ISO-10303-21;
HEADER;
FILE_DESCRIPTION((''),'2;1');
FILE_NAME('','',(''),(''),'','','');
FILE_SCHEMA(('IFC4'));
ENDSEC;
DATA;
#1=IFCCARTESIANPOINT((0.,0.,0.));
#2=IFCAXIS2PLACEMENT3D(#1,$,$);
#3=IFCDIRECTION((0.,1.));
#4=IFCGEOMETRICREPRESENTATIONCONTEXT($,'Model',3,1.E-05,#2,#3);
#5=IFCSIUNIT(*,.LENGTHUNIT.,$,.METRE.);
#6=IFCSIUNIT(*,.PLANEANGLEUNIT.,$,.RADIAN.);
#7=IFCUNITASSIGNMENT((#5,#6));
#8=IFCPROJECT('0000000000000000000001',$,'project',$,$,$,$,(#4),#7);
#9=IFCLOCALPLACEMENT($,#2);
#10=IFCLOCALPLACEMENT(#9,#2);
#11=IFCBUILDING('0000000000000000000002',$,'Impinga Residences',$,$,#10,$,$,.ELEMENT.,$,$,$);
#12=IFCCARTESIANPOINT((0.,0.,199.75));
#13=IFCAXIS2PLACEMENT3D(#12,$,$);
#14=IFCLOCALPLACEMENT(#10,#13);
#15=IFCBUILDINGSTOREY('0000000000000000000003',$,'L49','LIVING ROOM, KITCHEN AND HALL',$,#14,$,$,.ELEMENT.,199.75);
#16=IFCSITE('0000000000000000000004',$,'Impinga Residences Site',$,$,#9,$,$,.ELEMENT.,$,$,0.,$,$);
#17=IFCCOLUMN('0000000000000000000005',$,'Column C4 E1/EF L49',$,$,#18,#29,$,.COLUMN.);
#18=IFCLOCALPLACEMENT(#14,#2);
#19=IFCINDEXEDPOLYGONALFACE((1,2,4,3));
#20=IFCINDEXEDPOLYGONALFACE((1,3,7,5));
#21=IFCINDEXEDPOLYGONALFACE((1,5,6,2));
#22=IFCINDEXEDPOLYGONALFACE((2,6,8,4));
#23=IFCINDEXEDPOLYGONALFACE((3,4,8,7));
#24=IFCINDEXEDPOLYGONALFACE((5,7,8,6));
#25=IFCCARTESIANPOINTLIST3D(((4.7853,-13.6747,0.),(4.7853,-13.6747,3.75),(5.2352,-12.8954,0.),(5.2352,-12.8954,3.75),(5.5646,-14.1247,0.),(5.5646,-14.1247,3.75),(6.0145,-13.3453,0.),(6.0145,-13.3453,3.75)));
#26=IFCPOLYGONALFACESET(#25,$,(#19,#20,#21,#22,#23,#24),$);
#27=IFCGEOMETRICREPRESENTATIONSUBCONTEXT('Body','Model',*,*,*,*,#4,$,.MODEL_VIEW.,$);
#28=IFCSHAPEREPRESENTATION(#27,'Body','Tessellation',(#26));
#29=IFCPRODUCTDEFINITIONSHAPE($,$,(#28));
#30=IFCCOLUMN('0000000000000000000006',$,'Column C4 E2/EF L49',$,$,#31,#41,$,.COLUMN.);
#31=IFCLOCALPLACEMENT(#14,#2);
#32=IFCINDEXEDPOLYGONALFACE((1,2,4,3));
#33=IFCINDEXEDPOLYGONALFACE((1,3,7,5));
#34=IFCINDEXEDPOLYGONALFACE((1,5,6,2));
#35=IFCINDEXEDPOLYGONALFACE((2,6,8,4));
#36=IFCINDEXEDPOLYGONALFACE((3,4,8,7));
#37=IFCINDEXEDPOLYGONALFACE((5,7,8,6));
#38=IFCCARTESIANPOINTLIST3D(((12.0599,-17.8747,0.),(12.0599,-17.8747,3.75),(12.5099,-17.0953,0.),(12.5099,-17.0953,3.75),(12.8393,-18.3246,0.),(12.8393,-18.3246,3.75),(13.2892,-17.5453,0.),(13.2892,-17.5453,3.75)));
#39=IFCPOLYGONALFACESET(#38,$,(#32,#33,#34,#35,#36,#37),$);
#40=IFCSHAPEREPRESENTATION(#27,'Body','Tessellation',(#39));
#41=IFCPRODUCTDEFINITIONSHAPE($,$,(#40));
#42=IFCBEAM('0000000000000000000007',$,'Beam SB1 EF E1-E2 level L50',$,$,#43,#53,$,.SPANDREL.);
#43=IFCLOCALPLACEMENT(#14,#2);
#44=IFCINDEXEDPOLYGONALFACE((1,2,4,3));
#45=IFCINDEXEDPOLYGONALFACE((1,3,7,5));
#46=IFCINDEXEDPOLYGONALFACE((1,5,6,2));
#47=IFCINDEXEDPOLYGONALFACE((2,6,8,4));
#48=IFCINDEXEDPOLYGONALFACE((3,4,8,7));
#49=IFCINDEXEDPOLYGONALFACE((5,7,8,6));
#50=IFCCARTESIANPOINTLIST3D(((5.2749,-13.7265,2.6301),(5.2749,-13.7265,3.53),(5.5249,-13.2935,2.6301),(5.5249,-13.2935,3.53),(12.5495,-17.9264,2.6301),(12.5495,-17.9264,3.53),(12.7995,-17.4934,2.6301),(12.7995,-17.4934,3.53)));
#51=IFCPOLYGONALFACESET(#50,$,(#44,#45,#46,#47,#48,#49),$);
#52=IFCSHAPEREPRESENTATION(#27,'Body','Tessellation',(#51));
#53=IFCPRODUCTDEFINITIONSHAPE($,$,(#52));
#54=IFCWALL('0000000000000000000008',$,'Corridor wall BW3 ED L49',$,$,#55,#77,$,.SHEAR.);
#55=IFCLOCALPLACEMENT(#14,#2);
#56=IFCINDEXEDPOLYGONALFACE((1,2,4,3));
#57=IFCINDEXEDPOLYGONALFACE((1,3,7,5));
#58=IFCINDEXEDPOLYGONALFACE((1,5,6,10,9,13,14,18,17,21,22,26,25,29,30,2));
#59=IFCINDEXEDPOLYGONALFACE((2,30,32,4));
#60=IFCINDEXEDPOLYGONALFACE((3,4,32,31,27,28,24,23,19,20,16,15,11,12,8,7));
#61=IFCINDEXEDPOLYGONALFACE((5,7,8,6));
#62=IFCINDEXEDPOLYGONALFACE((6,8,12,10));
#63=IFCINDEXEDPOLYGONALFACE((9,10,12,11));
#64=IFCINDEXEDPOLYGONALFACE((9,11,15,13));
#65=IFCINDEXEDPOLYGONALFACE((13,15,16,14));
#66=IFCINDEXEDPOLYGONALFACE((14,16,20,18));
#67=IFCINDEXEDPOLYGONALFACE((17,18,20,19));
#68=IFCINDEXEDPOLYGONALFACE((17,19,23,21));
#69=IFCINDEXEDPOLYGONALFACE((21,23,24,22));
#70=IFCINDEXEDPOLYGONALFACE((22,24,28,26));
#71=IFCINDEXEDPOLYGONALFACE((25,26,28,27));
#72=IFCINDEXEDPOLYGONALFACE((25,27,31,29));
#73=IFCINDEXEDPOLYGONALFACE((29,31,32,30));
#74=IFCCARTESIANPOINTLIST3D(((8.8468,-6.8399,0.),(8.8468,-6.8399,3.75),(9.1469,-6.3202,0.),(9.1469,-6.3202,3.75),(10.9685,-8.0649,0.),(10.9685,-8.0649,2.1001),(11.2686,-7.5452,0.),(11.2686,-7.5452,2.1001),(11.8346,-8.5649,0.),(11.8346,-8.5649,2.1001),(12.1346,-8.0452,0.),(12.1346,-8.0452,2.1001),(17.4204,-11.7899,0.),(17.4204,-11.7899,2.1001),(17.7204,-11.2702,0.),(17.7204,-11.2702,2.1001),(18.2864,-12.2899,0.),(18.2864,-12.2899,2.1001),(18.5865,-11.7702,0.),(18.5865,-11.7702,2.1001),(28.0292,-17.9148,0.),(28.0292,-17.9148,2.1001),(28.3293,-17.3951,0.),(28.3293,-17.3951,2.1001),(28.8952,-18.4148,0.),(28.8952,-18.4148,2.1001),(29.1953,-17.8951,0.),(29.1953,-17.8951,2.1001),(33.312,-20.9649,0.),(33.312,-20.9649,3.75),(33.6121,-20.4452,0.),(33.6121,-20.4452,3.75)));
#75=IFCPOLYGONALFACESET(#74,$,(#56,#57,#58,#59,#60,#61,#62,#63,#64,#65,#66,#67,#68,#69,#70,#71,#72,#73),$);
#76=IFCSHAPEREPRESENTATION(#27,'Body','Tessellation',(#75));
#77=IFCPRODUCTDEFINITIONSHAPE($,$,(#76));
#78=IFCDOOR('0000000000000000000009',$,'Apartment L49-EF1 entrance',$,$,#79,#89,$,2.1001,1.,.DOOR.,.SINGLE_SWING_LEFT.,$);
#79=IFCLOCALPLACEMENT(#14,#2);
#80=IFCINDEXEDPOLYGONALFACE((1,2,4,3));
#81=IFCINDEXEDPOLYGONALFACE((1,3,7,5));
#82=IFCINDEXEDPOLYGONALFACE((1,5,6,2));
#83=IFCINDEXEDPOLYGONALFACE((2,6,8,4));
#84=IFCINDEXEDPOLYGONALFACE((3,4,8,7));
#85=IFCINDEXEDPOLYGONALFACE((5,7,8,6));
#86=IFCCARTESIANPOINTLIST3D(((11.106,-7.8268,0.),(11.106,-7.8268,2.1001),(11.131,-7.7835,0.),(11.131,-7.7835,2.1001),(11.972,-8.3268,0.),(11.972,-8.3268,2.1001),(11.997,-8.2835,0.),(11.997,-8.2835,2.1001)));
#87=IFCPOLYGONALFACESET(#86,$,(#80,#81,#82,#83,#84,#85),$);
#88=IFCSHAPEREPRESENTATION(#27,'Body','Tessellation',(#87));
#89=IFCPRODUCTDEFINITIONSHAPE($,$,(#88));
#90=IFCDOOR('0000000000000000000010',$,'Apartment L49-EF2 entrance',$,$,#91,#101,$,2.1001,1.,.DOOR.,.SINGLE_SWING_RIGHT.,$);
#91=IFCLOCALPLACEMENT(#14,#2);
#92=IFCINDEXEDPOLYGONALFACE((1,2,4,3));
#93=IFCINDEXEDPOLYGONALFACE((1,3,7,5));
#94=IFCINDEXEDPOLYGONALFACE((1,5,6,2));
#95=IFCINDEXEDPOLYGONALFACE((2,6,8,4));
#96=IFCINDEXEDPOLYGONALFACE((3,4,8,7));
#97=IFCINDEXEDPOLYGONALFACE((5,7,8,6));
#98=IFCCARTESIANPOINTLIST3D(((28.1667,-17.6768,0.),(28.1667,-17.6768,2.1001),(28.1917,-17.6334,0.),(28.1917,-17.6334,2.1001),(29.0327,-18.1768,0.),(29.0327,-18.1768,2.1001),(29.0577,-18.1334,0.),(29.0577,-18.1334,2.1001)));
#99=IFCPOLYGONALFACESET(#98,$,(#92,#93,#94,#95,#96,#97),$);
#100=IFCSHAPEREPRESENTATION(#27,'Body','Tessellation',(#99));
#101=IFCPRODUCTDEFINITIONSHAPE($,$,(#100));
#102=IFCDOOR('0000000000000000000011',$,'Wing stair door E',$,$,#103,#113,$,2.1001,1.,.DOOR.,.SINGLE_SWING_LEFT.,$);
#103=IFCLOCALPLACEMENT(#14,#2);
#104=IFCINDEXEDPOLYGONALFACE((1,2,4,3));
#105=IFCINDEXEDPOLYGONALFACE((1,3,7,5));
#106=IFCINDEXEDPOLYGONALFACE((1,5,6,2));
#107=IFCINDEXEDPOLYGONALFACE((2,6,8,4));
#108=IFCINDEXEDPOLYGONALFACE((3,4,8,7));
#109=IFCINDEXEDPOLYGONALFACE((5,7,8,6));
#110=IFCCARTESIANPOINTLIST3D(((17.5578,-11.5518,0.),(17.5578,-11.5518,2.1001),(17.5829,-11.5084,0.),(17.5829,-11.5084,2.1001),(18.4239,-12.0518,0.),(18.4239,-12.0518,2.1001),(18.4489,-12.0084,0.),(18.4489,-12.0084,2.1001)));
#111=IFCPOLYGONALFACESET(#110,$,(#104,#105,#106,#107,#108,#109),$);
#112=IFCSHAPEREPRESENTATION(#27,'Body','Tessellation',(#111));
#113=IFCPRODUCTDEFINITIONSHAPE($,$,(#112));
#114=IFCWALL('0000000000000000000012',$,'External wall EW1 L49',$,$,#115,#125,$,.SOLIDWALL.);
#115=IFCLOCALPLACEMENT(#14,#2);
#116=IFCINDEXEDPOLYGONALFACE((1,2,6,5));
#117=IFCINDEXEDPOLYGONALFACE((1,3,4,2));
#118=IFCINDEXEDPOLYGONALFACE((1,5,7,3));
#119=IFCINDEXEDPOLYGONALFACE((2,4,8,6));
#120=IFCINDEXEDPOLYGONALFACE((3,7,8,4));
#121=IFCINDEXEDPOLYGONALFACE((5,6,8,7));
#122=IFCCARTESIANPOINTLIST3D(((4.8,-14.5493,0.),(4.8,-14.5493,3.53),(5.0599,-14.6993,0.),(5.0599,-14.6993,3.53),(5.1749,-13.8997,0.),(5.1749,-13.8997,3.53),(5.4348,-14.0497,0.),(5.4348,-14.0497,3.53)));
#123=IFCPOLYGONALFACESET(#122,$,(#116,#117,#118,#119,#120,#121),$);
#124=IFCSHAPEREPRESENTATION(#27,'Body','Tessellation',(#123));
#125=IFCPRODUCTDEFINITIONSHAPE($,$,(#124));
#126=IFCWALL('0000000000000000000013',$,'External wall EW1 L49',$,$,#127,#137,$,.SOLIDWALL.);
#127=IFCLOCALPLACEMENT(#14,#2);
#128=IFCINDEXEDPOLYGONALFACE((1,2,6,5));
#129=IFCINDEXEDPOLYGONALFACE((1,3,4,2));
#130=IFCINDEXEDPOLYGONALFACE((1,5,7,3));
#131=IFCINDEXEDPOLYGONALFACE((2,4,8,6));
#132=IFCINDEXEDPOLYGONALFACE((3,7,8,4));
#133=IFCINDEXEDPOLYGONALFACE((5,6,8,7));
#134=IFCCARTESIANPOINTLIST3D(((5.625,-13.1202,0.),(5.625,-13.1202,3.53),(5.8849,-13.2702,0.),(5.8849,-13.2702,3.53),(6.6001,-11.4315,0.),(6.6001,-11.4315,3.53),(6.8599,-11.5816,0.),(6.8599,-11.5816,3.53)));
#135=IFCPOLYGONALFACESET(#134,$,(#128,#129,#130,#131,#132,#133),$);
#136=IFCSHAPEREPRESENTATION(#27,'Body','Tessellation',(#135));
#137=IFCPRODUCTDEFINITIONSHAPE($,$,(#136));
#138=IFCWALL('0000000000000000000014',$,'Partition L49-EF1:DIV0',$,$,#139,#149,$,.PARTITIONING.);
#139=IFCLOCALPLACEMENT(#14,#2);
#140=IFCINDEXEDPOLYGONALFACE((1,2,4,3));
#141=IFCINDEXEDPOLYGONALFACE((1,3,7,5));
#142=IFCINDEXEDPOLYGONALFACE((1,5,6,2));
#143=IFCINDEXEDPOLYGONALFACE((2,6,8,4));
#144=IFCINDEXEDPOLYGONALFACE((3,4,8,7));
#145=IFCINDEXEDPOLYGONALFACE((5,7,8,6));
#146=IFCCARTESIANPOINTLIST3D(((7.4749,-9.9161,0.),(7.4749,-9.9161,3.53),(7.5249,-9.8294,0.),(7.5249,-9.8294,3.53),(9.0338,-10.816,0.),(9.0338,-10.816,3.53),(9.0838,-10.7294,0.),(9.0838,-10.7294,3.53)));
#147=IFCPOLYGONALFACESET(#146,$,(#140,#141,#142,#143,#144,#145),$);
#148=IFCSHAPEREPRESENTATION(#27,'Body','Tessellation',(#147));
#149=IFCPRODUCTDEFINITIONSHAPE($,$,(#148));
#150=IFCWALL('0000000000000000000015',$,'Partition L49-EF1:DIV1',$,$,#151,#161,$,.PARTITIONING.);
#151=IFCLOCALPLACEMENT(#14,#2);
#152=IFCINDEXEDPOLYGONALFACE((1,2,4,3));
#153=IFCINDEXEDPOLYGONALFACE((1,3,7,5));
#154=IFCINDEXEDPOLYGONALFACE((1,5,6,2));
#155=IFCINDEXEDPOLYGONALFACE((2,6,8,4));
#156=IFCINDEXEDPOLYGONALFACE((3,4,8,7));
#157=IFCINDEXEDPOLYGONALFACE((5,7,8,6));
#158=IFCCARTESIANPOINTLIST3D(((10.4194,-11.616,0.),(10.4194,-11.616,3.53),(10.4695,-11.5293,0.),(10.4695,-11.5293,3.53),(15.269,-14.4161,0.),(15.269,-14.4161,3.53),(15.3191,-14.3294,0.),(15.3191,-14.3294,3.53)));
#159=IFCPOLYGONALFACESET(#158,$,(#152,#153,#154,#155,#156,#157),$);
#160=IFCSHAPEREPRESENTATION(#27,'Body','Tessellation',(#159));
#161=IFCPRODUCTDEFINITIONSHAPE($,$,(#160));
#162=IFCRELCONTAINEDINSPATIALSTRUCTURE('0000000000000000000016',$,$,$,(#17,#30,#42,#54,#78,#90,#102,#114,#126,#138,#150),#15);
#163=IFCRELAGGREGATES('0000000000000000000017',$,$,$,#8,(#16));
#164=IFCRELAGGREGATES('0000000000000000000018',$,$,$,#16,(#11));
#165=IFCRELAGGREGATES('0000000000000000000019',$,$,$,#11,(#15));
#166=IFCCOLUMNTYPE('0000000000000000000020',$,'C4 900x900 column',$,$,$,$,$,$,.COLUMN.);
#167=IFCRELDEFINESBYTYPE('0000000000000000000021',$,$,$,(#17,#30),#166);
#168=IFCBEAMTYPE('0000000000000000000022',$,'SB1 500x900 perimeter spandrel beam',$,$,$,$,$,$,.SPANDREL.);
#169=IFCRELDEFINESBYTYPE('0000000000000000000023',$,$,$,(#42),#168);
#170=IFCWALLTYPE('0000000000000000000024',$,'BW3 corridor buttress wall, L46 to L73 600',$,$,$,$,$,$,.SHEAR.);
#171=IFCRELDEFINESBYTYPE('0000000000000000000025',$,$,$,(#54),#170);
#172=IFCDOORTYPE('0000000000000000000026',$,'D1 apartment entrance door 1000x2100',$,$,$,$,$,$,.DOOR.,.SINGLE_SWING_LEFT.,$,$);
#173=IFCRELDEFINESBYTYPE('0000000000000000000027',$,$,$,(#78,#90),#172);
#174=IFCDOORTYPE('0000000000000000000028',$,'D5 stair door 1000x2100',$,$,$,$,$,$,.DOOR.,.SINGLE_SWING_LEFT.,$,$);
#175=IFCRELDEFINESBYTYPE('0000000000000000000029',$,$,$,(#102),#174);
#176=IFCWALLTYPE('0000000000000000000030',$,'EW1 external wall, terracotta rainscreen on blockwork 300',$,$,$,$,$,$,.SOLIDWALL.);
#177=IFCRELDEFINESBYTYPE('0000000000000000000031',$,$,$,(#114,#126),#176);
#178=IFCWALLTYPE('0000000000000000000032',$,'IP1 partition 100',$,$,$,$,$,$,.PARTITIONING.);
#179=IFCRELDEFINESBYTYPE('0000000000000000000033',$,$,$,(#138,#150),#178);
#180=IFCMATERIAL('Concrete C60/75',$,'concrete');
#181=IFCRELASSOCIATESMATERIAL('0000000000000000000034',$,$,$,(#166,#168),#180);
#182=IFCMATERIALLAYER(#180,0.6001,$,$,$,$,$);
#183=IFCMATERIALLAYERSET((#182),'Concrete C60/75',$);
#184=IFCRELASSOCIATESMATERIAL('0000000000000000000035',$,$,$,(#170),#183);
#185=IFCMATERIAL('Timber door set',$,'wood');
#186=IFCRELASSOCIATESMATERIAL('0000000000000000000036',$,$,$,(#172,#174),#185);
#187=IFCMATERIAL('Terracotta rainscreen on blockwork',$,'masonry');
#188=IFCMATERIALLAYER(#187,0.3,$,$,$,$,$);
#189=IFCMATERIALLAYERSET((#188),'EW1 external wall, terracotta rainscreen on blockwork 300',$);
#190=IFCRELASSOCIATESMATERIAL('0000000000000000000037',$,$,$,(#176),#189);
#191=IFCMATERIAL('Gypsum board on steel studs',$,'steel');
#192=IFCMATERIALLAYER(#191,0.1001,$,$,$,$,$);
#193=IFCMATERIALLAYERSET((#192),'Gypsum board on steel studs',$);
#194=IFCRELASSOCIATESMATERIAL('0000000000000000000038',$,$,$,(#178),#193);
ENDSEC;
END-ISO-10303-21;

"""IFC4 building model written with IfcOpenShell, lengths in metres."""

from ifc_helpers import new_model, si_unit, direction, frame, frame_2d, origin, origin_2d, place, context, subcontext, project, spatial, rectangle, extrude, material, layer, layer_set, material_profile, profile_set, type_object, element, fill, save


model = new_model("IFC4")

# Units and contexts
model_context = context("Model", 3, precision=1e-05, world=origin(), true_north=direction((0.0, 1.0)))
body_context = subcontext(model_context, "Body", "Model", "MODEL_VIEW")
ifc_project = project(units=[si_unit("LENGTHUNIT", "METRE"), si_unit("PLANEANGLEUNIT", "RADIAN")], contexts=[model_context])

# Site, building, storey
site_placement = place(None, origin())
site = spatial("IfcSite", under=ifc_project, at=site_placement, Name="Impinga Residences Site", CompositionType="ELEMENT", RefElevation=0.0)
building_placement = place(site_placement, origin())
building = spatial("IfcBuilding", under=site, at=building_placement, Name="Impinga Residences", CompositionType="ELEMENT")
storey_placement = place(building_placement, frame((0.0, 0.0, 199.75)))
storey = spatial("IfcBuildingStorey", under=building, at=storey_placement, Name="L49", Description="LIVING ROOM, KITCHEN AND HALL", CompositionType="ELEMENT", Elevation=199.75)

# Columns
ifc_material_1 = material(Name="Concrete C60/75", Category="concrete")
ifc_material_profile_1 = material_profile(ifc_material_1, rectangle(XDim=0.8999, YDim=0.8999, at=origin_2d()), Name="RC 900x900")
ifc_profile_set_1 = profile_set([ifc_material_profile_1], Name="Concrete C60/75")
column_type = type_object("IfcColumnType", Name="C4 900x900 column", PredefinedType="COLUMN", material=ifc_profile_set_1)
for number, where, z_axis, x_axis, name in (
    (1, (5.3999, -13.51, 0.0), (0.0, 0.0, 1.0), (-0.5, -0.866025, 0.0), "Column C4 E1/EF L49"),
    (2, (12.6746, -17.71, 0.0), (0.0, 0.0, 1.0), (-0.5, -0.866025, 0.0), "Column C4 E2/EF L49"),
):
    element("IfcColumn", number, at=place(storey_placement, frame(where, z_axis=z_axis, x_axis=x_axis)), inside=storey, type_object=column_type, Name=name, PredefinedType="COLUMN", context=body_context, shape_type="SweptSolid", body=[
        extrude(rectangle(XDim=0.8999, YDim=0.8999, at=origin_2d()), origin(), (0.0, 0.0, 1.0), 3.75),
    ])

# Beam
ifc_material_profile_2 = material_profile(ifc_material_1, rectangle(XDim=0.5, YDim=0.8999, at=origin_2d()), Name="RC 500x900")
ifc_profile_set_2 = profile_set([ifc_material_profile_2], Name="Concrete C60/75")
beam_type = type_object("IfcBeamType", Name="SB1 500x900 perimeter spandrel beam", PredefinedType="SPANDREL", material=ifc_profile_set_2)
beam_placement = place(storey_placement, frame((5.3999, -13.51, 3.0801), z_axis=(0.866029, -0.499993, 0.0), x_axis=(0.499993, 0.866029, 0.0)))
element("IfcBeam", 3, at=beam_placement, inside=storey, type_object=beam_type, Name="Beam SB1 EF E1-E2 level L50", PredefinedType="SPANDREL", context=body_context, shape_type="SweptSolid", body=[
    extrude(rectangle(XDim=0.5, YDim=0.8999, at=origin_2d()), origin(), (0.0, 0.0, 1.0), 8.3999),
])

# Wall, openings, doors
ifc_layer_1 = layer(ifc_material_1, 0.6001)
ifc_layer_set_1 = layer_set([ifc_layer_1], Name="Concrete C60/75")
wall_type_1 = type_object("IfcWallType", Name="BW3 corridor buttress wall, L46 to L73 600", PredefinedType="SHEAR", material=ifc_layer_set_1)
wall_1_placement = place(storey_placement, frame((8.9968, -6.5801, 0.0), z_axis=(0.0, 0.0, 1.0), x_axis=(0.866026, -0.499998, 0.0)))
wall_1 = element("IfcWall", 4, at=wall_1_placement, inside=storey, type_object=wall_type_1, Name="Corridor wall BW3 ED L49", PredefinedType="SHEAR", context=body_context, shape_type="SweptSolid", body=[
    extrude(rectangle(XDim=28.25, YDim=0.6001, at=frame_2d((14.125, 0.0))), origin(), (0.0, 0.0, 1.0), 3.75),
])
opening_1_placement = place(wall_1_placement, frame((9.8999, 0.0, 0.0)))
opening_1 = element("IfcOpeningElement", 5, at=opening_1_placement, cuts=wall_1, PredefinedType="OPENING", context=body_context, shape_type="SweptSolid", body=[
    extrude(rectangle(XDim=1.0, YDim=2.1001, at=frame_2d((0.5, 1.05))), frame((0.0, 0.3101, 0.0), z_axis=(0.0, -1.0, 0.0), x_axis=(1.0, 0.0, 0.0)), (0.0, 0.0, 1.0), 0.6201),
])
opening_2_placement = place(wall_1_placement, frame((2.45, 0.0, 0.0)))
opening_2 = element("IfcOpeningElement", 6, at=opening_2_placement, cuts=wall_1, PredefinedType="OPENING", context=body_context, shape_type="SweptSolid", body=[
    extrude(rectangle(XDim=1.0, YDim=2.1001, at=frame_2d((0.5, 1.05))), frame((0.0, 0.3101, 0.0), z_axis=(0.0, -1.0, 0.0), x_axis=(1.0, 0.0, 0.0)), (0.0, 0.0, 1.0), 0.6201),
])
opening_3_placement = place(wall_1_placement, frame((22.1499, 0.0, 0.0)))
opening_3 = element("IfcOpeningElement", 7, at=opening_3_placement, cuts=wall_1, PredefinedType="OPENING", context=body_context, shape_type="SweptSolid", body=[
    extrude(rectangle(XDim=1.0, YDim=2.1001, at=frame_2d((0.5, 1.05))), frame((0.0, 0.3101, 0.0), z_axis=(0.0, -1.0, 0.0), x_axis=(1.0, 0.0, 0.0)), (0.0, 0.0, 1.0), 0.6201),
])
ifc_material_2 = material(Name="Timber door set", Category="wood")
door_type_1 = type_object("IfcDoorType", Name="D1 apartment entrance door 1000x2100", OperationType="SINGLE_SWING_LEFT", PredefinedType="DOOR", material=ifc_material_2)
door_1_placement = place(opening_2_placement, origin())
door_1 = element("IfcDoor", 8, at=door_1_placement, inside=storey, type_object=door_type_1, Name="Apartment L49-EF1 entrance", OperationType="SINGLE_SWING_LEFT", OverallHeight=2.1001, OverallWidth=1.0, PredefinedType="DOOR", context=body_context, shape_type="SweptSolid", body=[
    extrude(rectangle(XDim=1.0, YDim=2.1001, at=frame_2d((0.5, 1.05))), frame((0.0, 0.0249, 0.0), z_axis=(0.0, -1.0, 0.0), x_axis=(1.0, 0.0, 0.0)), (0.0, 0.0, 1.0), 0.05),
])
fill(opening_2, door_1)
door_2_placement = place(opening_3_placement, origin())
door_2 = element("IfcDoor", 9, at=door_2_placement, inside=storey, type_object=door_type_1, Name="Apartment L49-EF2 entrance", OperationType="SINGLE_SWING_RIGHT", OverallHeight=2.1001, OverallWidth=1.0, PredefinedType="DOOR", context=body_context, shape_type="SweptSolid", body=[
    extrude(rectangle(XDim=1.0, YDim=2.1001, at=frame_2d((0.5, 1.05))), frame((0.0, 0.0249, 0.0), z_axis=(0.0, -1.0, 0.0), x_axis=(1.0, 0.0, 0.0)), (0.0, 0.0, 1.0), 0.05),
])
fill(opening_3, door_2)
door_type_2 = type_object("IfcDoorType", Name="D5 stair door 1000x2100", OperationType="SINGLE_SWING_LEFT", PredefinedType="DOOR", material=ifc_material_2)
door_3_placement = place(opening_1_placement, origin())
door_3 = element("IfcDoor", 10, at=door_3_placement, inside=storey, type_object=door_type_2, Name="Wing stair door E", OperationType="SINGLE_SWING_LEFT", OverallHeight=2.1001, OverallWidth=1.0, PredefinedType="DOOR", context=body_context, shape_type="SweptSolid", body=[
    extrude(rectangle(XDim=1.0, YDim=2.1001, at=frame_2d((0.5, 1.05))), frame((0.0, 0.0249, 0.0), z_axis=(0.0, -1.0, 0.0), x_axis=(1.0, 0.0, 0.0)), (0.0, 0.0, 1.0), 0.05),
])
fill(opening_1, door_3)

# Walls
ifc_material_3 = material(Name="Terracotta rainscreen on blockwork", Category="masonry")
ifc_layer_2 = layer(ifc_material_3, 0.3)
ifc_layer_set_2 = layer_set([ifc_layer_2], Name="EW1 external wall, terracotta rainscreen on blockwork 300")
wall_type_2 = type_object("IfcWallType", Name="EW1 external wall, terracotta rainscreen on blockwork 300", PredefinedType="SOLIDWALL", material=ifc_layer_set_2)
wall_2_placement = place(storey_placement, frame((4.9299, -14.6243, 0.0), z_axis=(0.0, 0.0, 1.0), x_axis=(0.49992, 0.866072, 0.0)))
element("IfcWall", 11, at=wall_2_placement, inside=storey, type_object=wall_type_2, Name="External wall EW1 L49", PredefinedType="SOLIDWALL", context=body_context, shape_type="SweptSolid", body=[
    extrude(rectangle(XDim=0.75, YDim=0.3, at=frame_2d((0.375, 0.0))), origin(), (0.0, 0.0, 1.0), 3.53),
])
wall_3_placement = place(storey_placement, frame((5.7549, -13.1953, 0.0), z_axis=(0.0, 0.0, 1.0), x_axis=(0.500044, 0.866, 0.0)))
element("IfcWall", 12, at=wall_3_placement, inside=storey, type_object=wall_type_2, Name="External wall EW1 L49", PredefinedType="SOLIDWALL", context=body_context, shape_type="SweptSolid", body=[
    extrude(rectangle(XDim=1.95, YDim=0.3, at=frame_2d((0.9751, 0.0))), origin(), (0.0, 0.0, 1.0), 3.53),
])
ifc_material_4 = material(Name="Gypsum board on steel studs", Category="steel")
ifc_layer_3 = layer(ifc_material_4, 0.1001)
ifc_layer_set_3 = layer_set([ifc_layer_3], Name="Gypsum board on steel studs")
wall_type_3 = type_object("IfcWallType", Name="IP1 partition 100", PredefinedType="PARTITIONING", material=ifc_layer_set_3)
wall_4_placement = place(storey_placement, frame((7.5, -9.8728, 0.0), z_axis=(0.0, 0.0, 1.0), x_axis=(0.866048, -0.499961, 0.0)))
element("IfcWall", 13, at=wall_4_placement, inside=storey, type_object=wall_type_3, Name="Partition L49-EF1:DIV0", PredefinedType="PARTITIONING", context=body_context, shape_type="SweptSolid", body=[
    extrude(rectangle(XDim=1.8, YDim=0.1001, at=frame_2d((0.8999, 0.0))), origin(), (0.0, 0.0, 1.0), 3.53),
])
wall_5_placement = place(storey_placement, frame((10.4446, -11.5728, 0.0), z_axis=(0.0, 0.0, 1.0), x_axis=(0.866016, -0.500017, 0.0)))
element("IfcWall", 14, at=wall_5_placement, inside=storey, type_object=wall_type_3, Name="Partition L49-EF1:DIV1", PredefinedType="PARTITIONING", context=body_context, shape_type="SweptSolid", body=[
    extrude(rectangle(XDim=5.5999, YDim=0.1001, at=frame_2d((2.7998, 0.0))), origin(), (0.0, 0.0, 1.0), 3.53),
])

save(model, "model.ifc")
